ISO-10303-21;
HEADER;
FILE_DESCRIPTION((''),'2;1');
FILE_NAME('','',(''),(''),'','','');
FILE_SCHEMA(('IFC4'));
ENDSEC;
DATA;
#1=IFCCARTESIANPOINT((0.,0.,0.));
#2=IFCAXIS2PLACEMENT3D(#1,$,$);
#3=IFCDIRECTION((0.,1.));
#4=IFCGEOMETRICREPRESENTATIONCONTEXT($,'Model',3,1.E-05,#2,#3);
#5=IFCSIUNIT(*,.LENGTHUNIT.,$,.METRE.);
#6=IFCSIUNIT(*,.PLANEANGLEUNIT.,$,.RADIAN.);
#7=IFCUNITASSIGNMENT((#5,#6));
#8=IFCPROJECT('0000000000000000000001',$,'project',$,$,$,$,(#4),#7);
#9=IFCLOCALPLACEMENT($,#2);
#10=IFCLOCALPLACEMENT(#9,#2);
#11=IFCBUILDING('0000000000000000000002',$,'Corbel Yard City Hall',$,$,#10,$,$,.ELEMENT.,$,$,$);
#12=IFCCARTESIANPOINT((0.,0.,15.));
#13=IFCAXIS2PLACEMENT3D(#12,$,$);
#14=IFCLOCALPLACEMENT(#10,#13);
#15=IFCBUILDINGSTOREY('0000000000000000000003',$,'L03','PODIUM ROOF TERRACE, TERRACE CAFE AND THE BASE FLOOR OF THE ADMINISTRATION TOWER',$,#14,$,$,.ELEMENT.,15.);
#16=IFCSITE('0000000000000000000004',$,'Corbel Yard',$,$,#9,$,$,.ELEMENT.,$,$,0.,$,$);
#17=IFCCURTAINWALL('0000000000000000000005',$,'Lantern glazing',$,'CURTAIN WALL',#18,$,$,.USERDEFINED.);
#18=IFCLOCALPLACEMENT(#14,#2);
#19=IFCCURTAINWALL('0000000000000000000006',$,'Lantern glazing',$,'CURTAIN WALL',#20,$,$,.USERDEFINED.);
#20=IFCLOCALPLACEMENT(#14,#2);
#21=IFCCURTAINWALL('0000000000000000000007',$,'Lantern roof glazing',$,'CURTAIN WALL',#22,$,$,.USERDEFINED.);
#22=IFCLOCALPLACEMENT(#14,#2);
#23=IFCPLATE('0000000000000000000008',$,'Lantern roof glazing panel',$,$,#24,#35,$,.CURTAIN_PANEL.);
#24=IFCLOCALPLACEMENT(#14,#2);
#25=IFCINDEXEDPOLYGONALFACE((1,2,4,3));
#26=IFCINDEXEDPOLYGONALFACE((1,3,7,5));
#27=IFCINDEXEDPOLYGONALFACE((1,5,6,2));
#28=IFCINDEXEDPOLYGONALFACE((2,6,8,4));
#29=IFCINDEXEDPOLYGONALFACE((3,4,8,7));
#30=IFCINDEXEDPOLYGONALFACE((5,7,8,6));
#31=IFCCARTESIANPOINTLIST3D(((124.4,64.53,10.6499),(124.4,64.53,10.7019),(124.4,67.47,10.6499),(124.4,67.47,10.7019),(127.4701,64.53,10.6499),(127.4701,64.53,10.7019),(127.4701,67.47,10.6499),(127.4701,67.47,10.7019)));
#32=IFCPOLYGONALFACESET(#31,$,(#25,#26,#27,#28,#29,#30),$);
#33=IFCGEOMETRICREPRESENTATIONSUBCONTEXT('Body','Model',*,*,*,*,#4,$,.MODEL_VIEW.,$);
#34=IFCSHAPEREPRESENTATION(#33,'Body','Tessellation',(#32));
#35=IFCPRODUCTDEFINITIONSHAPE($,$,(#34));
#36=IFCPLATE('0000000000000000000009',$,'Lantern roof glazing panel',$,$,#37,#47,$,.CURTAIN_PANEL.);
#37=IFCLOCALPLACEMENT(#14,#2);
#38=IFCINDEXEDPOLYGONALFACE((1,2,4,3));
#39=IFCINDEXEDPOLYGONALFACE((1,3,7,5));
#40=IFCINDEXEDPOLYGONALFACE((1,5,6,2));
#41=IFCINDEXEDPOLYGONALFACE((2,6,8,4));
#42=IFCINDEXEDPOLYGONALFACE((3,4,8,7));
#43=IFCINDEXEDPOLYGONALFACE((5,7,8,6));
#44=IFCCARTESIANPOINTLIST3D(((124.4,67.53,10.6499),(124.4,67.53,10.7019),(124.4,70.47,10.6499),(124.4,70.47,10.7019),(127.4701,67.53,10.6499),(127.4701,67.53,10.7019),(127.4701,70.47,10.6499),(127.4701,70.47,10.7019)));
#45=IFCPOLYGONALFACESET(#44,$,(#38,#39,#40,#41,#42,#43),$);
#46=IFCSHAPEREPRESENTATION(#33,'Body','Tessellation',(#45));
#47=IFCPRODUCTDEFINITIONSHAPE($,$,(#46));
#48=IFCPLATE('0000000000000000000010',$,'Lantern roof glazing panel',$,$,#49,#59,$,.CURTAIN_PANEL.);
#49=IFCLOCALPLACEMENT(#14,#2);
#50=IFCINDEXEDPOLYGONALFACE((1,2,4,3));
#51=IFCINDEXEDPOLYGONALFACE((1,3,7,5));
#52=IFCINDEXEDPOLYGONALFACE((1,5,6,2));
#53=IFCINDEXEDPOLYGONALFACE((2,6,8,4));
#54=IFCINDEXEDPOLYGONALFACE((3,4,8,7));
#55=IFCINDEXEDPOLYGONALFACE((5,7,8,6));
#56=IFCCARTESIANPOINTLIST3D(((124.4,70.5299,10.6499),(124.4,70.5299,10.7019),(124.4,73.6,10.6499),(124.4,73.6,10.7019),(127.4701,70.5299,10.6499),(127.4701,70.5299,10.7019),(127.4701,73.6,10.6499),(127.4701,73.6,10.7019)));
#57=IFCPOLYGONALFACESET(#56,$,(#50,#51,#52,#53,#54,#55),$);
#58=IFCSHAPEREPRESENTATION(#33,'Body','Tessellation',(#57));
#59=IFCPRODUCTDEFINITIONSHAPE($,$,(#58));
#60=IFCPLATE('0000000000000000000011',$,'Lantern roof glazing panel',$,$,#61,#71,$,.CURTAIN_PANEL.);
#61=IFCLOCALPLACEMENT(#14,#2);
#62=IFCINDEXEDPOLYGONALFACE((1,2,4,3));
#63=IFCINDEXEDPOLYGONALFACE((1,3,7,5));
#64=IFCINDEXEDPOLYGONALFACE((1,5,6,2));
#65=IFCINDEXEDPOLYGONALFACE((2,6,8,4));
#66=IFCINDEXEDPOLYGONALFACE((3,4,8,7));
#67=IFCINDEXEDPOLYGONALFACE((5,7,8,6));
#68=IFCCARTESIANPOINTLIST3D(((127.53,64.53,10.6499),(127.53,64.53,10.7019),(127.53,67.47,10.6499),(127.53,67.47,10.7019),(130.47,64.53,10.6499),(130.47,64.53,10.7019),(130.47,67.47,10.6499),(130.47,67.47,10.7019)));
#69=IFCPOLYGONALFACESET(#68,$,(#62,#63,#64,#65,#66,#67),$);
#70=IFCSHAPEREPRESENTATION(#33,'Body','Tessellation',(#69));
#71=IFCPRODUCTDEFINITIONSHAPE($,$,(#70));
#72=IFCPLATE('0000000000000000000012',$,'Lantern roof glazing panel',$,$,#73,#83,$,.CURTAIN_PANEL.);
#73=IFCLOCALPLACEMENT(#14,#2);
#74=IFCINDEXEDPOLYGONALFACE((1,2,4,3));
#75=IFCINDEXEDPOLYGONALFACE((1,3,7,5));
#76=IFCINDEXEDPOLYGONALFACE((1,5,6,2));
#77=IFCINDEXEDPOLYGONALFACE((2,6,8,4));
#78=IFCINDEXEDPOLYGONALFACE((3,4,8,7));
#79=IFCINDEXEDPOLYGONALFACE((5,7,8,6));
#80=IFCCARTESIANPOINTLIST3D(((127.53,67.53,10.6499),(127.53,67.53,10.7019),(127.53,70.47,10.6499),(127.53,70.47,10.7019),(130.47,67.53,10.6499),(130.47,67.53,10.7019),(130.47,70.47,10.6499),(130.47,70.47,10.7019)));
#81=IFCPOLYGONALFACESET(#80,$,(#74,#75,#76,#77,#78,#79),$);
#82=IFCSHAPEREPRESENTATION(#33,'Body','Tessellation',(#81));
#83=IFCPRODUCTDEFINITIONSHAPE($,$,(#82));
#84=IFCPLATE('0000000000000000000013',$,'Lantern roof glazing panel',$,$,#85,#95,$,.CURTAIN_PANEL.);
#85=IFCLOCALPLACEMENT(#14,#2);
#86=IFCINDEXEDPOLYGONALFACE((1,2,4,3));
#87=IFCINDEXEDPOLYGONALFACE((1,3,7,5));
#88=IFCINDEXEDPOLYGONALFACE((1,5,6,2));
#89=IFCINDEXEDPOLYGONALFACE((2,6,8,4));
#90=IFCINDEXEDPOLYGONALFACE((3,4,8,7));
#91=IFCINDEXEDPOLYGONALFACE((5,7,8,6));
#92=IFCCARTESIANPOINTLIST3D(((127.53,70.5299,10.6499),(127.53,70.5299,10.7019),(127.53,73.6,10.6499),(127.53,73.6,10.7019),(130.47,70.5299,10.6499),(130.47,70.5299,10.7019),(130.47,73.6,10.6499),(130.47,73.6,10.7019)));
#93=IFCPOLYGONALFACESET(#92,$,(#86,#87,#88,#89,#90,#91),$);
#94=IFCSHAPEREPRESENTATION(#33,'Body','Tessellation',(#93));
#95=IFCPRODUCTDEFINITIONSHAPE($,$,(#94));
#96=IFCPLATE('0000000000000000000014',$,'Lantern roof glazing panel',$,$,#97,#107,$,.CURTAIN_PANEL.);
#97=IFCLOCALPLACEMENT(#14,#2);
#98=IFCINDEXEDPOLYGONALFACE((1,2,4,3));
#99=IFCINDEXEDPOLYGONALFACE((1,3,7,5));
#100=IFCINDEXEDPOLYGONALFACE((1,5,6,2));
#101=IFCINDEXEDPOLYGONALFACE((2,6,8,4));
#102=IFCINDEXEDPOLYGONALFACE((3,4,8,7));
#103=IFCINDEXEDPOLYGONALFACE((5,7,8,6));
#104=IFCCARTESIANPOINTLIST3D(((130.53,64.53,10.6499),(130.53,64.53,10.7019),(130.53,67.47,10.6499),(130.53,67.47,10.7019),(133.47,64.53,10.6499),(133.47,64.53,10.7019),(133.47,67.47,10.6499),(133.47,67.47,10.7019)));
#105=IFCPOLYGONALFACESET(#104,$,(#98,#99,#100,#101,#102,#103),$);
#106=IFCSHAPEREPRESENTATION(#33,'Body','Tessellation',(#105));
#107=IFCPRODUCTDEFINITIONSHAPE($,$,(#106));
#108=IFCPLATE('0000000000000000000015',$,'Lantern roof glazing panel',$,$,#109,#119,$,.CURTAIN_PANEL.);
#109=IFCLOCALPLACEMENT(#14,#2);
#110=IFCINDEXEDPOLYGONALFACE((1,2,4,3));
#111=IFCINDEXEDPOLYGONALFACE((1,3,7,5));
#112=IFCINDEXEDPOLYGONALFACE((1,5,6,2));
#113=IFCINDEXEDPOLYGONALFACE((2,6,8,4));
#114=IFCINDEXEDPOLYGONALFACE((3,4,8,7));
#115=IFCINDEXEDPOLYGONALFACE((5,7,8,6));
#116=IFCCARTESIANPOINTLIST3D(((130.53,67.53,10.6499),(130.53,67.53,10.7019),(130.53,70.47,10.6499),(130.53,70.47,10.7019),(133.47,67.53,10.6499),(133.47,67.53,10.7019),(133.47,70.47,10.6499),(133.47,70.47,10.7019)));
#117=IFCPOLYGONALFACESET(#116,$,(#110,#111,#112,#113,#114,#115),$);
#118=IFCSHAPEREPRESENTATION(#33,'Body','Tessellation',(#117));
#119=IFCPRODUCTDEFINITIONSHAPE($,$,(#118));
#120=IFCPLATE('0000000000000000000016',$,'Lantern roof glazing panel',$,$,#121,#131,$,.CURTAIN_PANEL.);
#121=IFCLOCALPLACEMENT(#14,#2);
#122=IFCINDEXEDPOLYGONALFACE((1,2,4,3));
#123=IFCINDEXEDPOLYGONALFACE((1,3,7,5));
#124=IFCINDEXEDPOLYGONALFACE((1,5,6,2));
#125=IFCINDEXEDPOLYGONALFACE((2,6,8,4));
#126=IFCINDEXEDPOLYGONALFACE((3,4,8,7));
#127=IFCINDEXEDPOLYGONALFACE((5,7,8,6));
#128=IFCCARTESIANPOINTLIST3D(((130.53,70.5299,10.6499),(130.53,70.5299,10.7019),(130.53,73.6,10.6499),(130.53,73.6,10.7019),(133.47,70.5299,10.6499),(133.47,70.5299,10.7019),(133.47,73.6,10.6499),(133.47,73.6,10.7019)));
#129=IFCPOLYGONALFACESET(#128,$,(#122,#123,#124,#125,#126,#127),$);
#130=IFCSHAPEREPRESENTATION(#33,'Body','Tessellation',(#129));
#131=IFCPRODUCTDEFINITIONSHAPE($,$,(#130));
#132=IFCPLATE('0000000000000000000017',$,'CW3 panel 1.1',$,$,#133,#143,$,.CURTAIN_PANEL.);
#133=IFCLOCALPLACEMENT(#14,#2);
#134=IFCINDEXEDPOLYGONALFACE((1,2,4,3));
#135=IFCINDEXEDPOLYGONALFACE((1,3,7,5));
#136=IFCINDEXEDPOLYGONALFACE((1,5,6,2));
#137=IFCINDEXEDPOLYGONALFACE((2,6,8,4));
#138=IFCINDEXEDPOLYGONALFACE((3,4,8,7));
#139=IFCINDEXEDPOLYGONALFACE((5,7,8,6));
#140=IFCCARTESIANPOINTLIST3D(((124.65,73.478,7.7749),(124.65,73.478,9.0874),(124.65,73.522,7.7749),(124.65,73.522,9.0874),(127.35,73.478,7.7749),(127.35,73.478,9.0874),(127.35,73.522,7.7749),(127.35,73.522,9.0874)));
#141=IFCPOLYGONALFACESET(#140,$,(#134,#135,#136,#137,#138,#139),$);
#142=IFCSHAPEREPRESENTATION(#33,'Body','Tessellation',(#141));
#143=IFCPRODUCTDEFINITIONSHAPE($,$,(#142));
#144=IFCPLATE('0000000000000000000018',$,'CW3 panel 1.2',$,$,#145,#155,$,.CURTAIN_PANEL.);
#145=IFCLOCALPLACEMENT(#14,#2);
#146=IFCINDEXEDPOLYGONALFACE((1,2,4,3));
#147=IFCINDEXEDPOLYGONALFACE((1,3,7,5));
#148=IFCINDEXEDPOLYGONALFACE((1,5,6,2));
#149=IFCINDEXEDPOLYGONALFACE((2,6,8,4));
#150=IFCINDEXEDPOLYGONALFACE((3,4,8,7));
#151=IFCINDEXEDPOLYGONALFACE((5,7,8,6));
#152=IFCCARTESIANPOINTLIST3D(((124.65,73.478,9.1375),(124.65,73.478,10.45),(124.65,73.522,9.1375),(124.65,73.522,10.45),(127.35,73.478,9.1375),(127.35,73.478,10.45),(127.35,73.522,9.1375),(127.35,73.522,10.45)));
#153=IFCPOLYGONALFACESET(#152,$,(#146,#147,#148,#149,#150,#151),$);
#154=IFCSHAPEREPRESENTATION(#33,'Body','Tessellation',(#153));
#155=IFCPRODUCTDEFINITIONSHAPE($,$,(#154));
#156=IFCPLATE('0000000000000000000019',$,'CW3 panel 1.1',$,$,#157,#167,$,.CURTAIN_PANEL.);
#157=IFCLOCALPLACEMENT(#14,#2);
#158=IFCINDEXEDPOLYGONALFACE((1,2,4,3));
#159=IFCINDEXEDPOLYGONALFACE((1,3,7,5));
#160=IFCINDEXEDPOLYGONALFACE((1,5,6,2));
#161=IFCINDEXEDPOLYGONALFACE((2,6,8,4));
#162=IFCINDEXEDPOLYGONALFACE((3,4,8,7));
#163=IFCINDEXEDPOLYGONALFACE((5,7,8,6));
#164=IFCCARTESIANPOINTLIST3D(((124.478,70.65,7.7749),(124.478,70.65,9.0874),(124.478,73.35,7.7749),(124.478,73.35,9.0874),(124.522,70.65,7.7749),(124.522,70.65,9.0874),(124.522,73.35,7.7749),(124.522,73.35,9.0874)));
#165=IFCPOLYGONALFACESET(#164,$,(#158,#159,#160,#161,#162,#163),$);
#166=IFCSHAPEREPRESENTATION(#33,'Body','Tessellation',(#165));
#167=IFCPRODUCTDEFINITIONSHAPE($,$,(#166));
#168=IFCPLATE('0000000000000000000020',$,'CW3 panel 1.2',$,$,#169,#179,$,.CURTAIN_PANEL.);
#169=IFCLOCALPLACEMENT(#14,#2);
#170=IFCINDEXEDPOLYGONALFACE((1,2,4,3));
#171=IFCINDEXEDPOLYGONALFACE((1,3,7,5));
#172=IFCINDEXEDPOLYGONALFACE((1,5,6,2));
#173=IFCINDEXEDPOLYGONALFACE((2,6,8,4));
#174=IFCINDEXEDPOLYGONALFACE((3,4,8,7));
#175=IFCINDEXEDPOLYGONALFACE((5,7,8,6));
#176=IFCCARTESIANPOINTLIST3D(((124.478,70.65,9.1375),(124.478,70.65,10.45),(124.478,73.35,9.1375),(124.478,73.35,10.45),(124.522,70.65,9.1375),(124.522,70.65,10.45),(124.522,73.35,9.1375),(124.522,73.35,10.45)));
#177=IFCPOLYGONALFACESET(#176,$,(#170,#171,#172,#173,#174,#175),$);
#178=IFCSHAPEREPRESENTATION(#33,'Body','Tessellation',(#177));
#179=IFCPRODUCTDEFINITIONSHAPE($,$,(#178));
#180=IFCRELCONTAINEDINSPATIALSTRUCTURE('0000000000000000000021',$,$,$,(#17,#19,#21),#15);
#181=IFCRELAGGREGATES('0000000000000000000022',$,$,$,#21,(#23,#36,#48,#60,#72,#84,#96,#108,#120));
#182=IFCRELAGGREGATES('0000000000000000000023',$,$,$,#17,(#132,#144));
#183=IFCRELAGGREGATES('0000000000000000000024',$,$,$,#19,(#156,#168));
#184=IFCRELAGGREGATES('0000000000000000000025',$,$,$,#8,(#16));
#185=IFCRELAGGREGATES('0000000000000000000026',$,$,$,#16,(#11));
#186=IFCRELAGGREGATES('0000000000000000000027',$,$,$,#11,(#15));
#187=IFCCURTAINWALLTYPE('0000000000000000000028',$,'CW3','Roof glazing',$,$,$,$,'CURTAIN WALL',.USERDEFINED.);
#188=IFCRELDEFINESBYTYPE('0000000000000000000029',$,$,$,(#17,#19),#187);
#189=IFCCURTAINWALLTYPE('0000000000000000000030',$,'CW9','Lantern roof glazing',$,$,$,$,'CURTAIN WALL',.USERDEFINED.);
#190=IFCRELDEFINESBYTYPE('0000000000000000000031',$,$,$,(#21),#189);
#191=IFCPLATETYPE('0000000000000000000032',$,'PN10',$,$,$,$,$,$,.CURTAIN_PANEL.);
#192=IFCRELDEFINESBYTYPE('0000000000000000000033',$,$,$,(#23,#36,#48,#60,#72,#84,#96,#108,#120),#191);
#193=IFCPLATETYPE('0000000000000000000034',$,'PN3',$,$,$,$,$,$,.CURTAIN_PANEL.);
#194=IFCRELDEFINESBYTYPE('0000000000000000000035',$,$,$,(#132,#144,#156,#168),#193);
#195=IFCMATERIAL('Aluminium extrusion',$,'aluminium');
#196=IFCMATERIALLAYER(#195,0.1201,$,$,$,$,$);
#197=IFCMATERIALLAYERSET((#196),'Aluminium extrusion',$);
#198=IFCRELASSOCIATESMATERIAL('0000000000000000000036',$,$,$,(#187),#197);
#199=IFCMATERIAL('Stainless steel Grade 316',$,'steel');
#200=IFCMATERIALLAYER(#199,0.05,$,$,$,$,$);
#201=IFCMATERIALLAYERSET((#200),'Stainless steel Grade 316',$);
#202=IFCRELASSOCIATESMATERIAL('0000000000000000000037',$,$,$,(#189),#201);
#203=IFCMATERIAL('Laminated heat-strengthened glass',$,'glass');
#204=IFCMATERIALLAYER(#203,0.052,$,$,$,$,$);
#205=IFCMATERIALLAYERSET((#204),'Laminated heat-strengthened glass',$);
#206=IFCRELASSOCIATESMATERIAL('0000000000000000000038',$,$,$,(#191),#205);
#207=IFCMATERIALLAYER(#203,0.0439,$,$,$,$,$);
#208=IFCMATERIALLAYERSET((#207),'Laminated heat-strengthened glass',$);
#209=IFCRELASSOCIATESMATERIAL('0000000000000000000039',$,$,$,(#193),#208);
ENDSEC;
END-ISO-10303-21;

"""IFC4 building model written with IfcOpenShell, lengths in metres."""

from ifc_helpers import new_model, si_unit, direction, frame, origin, origin_2d, place, context, subcontext, project, spatial, rectangle, extrude, material, layer, layer_set, type_object, element, aggregate, save


model = new_model("IFC4")

# Units and contexts
model_context = context("Model", 3, precision=1e-05, world=origin(), true_north=direction((0.0, 1.0)))
body_context = subcontext(model_context, "Body", "Model", "MODEL_VIEW")
ifc_project = project(units=[si_unit("LENGTHUNIT", "METRE"), si_unit("PLANEANGLEUNIT", "RADIAN")], contexts=[model_context])

# Site, building, storey
site_placement = place(None, origin())
site = spatial("IfcSite", under=ifc_project, at=site_placement, Name="Corbel Yard", CompositionType="ELEMENT", RefElevation=0.0)
building_placement = place(site_placement, origin())
building = spatial("IfcBuilding", under=site, at=building_placement, Name="Corbel Yard City Hall", CompositionType="ELEMENT")
storey_placement = place(building_placement, frame((0.0, 0.0, 15.0)))
storey = spatial("IfcBuildingStorey", under=building, at=storey_placement, Name="L03", Description="PODIUM ROOF TERRACE, TERRACE CAFE AND THE BASE FLOOR OF THE ADMINISTRATION TOWER", CompositionType="ELEMENT", Elevation=15.0)

# Shared definitions
ifc_material_1 = material(Name="Aluminium extrusion", Category="aluminium")
ifc_layer_1 = layer(ifc_material_1, 0.1201)
ifc_layer_set_1 = layer_set([ifc_layer_1], Name="Aluminium extrusion")
curtain_wall_type_1 = type_object("IfcCurtainWallType", Name="CW3", Description="Roof glazing", ElementType="CURTAIN WALL", PredefinedType="USERDEFINED", material=ifc_layer_set_1)

# Curtain walls
curtain_wall_1_placement = place(storey_placement, origin())
curtain_wall_1 = element("IfcCurtainWall", 1, at=curtain_wall_1_placement, inside=storey, type_object=curtain_wall_type_1, Name="Lantern glazing", ObjectType="CURTAIN WALL", PredefinedType="USERDEFINED")
curtain_wall_2_placement = place(storey_placement, origin())
curtain_wall_2 = element("IfcCurtainWall", 2, at=curtain_wall_2_placement, inside=storey, type_object=curtain_wall_type_1, Name="Lantern glazing", ObjectType="CURTAIN WALL", PredefinedType="USERDEFINED")

# Curtain wall, plates
ifc_material_2 = material(Name="Stainless steel Grade 316", Category="steel")
ifc_layer_2 = layer(ifc_material_2, 0.05)
ifc_layer_set_2 = layer_set([ifc_layer_2], Name="Stainless steel Grade 316")
curtain_wall_type_2 = type_object("IfcCurtainWallType", Name="CW9", Description="Lantern roof glazing", ElementType="CURTAIN WALL", PredefinedType="USERDEFINED", material=ifc_layer_set_2)
curtain_wall_3_placement = place(storey_placement, origin())
curtain_wall_3 = element("IfcCurtainWall", 3, at=curtain_wall_3_placement, inside=storey, type_object=curtain_wall_type_2, Name="Lantern roof glazing", ObjectType="CURTAIN WALL", PredefinedType="USERDEFINED")
ifc_material_3 = material(Name="Laminated heat-strengthened glass", Category="glass")
ifc_layer_3 = layer(ifc_material_3, 0.052)
ifc_layer_set_3 = layer_set([ifc_layer_3], Name="Laminated heat-strengthened glass")
plate_type_1 = type_object("IfcPlateType", Name="PN10", PredefinedType="CURTAIN_PANEL", material=ifc_layer_set_3)
plate_1_placement = place(storey_placement, frame((125.9351, 66.0, 10.6499), z_axis=(0.0, 0.0, 1.0), x_axis=(1.0, 0.0, 0.0)))
plate_1 = element("IfcPlate", 4, at=plate_1_placement, type_object=plate_type_1, Name="Lantern roof glazing panel", PredefinedType="CURTAIN_PANEL", context=body_context, shape_type="SweptSolid", body=[
    extrude(rectangle(XDim=3.0701, YDim=2.9399, at=origin_2d()), origin(), (0.0, 0.0, 1.0), 0.052),
])
plate_2_placement = place(storey_placement, frame((125.9351, 69.0, 10.6499), z_axis=(0.0, 0.0, 1.0), x_axis=(1.0, 0.0, 0.0)))
plate_2 = element("IfcPlate", 5, at=plate_2_placement, type_object=plate_type_1, Name="Lantern roof glazing panel", PredefinedType="CURTAIN_PANEL", context=body_context, shape_type="SweptSolid", body=[
    extrude(rectangle(XDim=3.0701, YDim=2.9399, at=origin_2d()), origin(), (0.0, 0.0, 1.0), 0.052),
])
plate_3_placement = place(storey_placement, frame((125.9351, 72.0649, 10.6499), z_axis=(0.0, 0.0, 1.0), x_axis=(1.0, 0.0, 0.0)))
plate_3 = element("IfcPlate", 6, at=plate_3_placement, type_object=plate_type_1, Name="Lantern roof glazing panel", PredefinedType="CURTAIN_PANEL", context=body_context, shape_type="SweptSolid", body=[
    extrude(rectangle(XDim=3.0701, YDim=3.0701, at=origin_2d()), origin(), (0.0, 0.0, 1.0), 0.052),
])
plate_4_placement = place(storey_placement, frame((129.0, 66.0, 10.6499), z_axis=(0.0, 0.0, 1.0), x_axis=(1.0, 0.0, 0.0)))
plate_4 = element("IfcPlate", 7, at=plate_4_placement, type_object=plate_type_1, Name="Lantern roof glazing panel", PredefinedType="CURTAIN_PANEL", context=body_context, shape_type="SweptSolid", body=[
    extrude(rectangle(XDim=2.9399, YDim=2.9399, at=origin_2d()), origin(), (0.0, 0.0, 1.0), 0.052),
])
plate_5_placement = place(storey_placement, frame((129.0, 69.0, 10.6499), z_axis=(0.0, 0.0, 1.0), x_axis=(1.0, 0.0, 0.0)))
plate_5 = element("IfcPlate", 8, at=plate_5_placement, type_object=plate_type_1, Name="Lantern roof glazing panel", PredefinedType="CURTAIN_PANEL", context=body_context, shape_type="SweptSolid", body=[
    extrude(rectangle(XDim=2.9399, YDim=2.9399, at=origin_2d()), origin(), (0.0, 0.0, 1.0), 0.052),
])
plate_6_placement = place(storey_placement, frame((129.0, 72.0649, 10.6499), z_axis=(0.0, 0.0, 1.0), x_axis=(1.0, 0.0, 0.0)))
plate_6 = element("IfcPlate", 9, at=plate_6_placement, type_object=plate_type_1, Name="Lantern roof glazing panel", PredefinedType="CURTAIN_PANEL", context=body_context, shape_type="SweptSolid", body=[
    extrude(rectangle(XDim=2.9399, YDim=3.0701, at=origin_2d()), origin(), (0.0, 0.0, 1.0), 0.052),
])
plate_7_placement = place(storey_placement, frame((132.0, 66.0, 10.6499), z_axis=(0.0, 0.0, 1.0), x_axis=(1.0, 0.0, 0.0)))
plate_7 = element("IfcPlate", 10, at=plate_7_placement, type_object=plate_type_1, Name="Lantern roof glazing panel", PredefinedType="CURTAIN_PANEL", context=body_context, shape_type="SweptSolid", body=[
    extrude(rectangle(XDim=2.9399, YDim=2.9399, at=origin_2d()), origin(), (0.0, 0.0, 1.0), 0.052),
])
plate_8_placement = place(storey_placement, frame((132.0, 69.0, 10.6499), z_axis=(0.0, 0.0, 1.0), x_axis=(1.0, 0.0, 0.0)))
plate_8 = element("IfcPlate", 11, at=plate_8_placement, type_object=plate_type_1, Name="Lantern roof glazing panel", PredefinedType="CURTAIN_PANEL", context=body_context, shape_type="SweptSolid", body=[
    extrude(rectangle(XDim=2.9399, YDim=2.9399, at=origin_2d()), origin(), (0.0, 0.0, 1.0), 0.052),
])
plate_9_placement = place(storey_placement, frame((132.0, 72.0649, 10.6499), z_axis=(0.0, 0.0, 1.0), x_axis=(1.0, 0.0, 0.0)))
plate_9 = element("IfcPlate", 12, at=plate_9_placement, type_object=plate_type_1, Name="Lantern roof glazing panel", PredefinedType="CURTAIN_PANEL", context=body_context, shape_type="SweptSolid", body=[
    extrude(rectangle(XDim=2.9399, YDim=3.0701, at=origin_2d()), origin(), (0.0, 0.0, 1.0), 0.052),
])
aggregate(curtain_wall_3, [plate_1, plate_2, plate_3, plate_4, plate_5, plate_6, plate_7, plate_8, plate_9])

# Plates
ifc_layer_4 = layer(ifc_material_3, 0.0439)
ifc_layer_set_4 = layer_set([ifc_layer_4], Name="Laminated heat-strengthened glass")
plate_type_2 = type_object("IfcPlateType", Name="PN3", PredefinedType="CURTAIN_PANEL", material=ifc_layer_set_4)
plate_10_placement = place(storey_placement, frame((126.0, 73.5, 7.7749), z_axis=(0.0, 0.0, 1.0), x_axis=(1.0, 0.0, 0.0)))
plate_10 = element("IfcPlate", 13, at=plate_10_placement, type_object=plate_type_2, Name="CW3 panel 1.1", PredefinedType="CURTAIN_PANEL", context=body_context, shape_type="SweptSolid", body=[
    extrude(rectangle(XDim=2.7, YDim=0.0439, at=origin_2d()), origin(), (0.0, 0.0, 1.0), 1.3125),
])
plate_11_placement = place(storey_placement, frame((126.0, 73.5, 9.1375), z_axis=(0.0, 0.0, 1.0), x_axis=(1.0, 0.0, 0.0)))
plate_11 = element("IfcPlate", 14, at=plate_11_placement, type_object=plate_type_2, Name="CW3 panel 1.2", PredefinedType="CURTAIN_PANEL", context=body_context, shape_type="SweptSolid", body=[
    extrude(rectangle(XDim=2.7, YDim=0.0439, at=origin_2d()), origin(), (0.0, 0.0, 1.0), 1.3125),
])
aggregate(curtain_wall_1, [plate_10, plate_11])
plate_12_placement = place(storey_placement, frame((124.5, 72.0, 7.7749), z_axis=(0.0, 0.0, 1.0), x_axis=(0.0, 1.0, 0.0)))
plate_12 = element("IfcPlate", 15, at=plate_12_placement, type_object=plate_type_2, Name="CW3 panel 1.1", PredefinedType="CURTAIN_PANEL", context=body_context, shape_type="SweptSolid", body=[
    extrude(rectangle(XDim=2.7, YDim=0.0439, at=origin_2d()), origin(), (0.0, 0.0, 1.0), 1.3125),
])
plate_13_placement = place(storey_placement, frame((124.5, 72.0, 9.1375), z_axis=(0.0, 0.0, 1.0), x_axis=(0.0, 1.0, 0.0)))
plate_13 = element("IfcPlate", 16, at=plate_13_placement, type_object=plate_type_2, Name="CW3 panel 1.2", PredefinedType="CURTAIN_PANEL", context=body_context, shape_type="SweptSolid", body=[
    extrude(rectangle(XDim=2.7, YDim=0.0439, at=origin_2d()), origin(), (0.0, 0.0, 1.0), 1.3125),
])
aggregate(curtain_wall_2, [plate_12, plate_13])

save(model, "model.ifc")
